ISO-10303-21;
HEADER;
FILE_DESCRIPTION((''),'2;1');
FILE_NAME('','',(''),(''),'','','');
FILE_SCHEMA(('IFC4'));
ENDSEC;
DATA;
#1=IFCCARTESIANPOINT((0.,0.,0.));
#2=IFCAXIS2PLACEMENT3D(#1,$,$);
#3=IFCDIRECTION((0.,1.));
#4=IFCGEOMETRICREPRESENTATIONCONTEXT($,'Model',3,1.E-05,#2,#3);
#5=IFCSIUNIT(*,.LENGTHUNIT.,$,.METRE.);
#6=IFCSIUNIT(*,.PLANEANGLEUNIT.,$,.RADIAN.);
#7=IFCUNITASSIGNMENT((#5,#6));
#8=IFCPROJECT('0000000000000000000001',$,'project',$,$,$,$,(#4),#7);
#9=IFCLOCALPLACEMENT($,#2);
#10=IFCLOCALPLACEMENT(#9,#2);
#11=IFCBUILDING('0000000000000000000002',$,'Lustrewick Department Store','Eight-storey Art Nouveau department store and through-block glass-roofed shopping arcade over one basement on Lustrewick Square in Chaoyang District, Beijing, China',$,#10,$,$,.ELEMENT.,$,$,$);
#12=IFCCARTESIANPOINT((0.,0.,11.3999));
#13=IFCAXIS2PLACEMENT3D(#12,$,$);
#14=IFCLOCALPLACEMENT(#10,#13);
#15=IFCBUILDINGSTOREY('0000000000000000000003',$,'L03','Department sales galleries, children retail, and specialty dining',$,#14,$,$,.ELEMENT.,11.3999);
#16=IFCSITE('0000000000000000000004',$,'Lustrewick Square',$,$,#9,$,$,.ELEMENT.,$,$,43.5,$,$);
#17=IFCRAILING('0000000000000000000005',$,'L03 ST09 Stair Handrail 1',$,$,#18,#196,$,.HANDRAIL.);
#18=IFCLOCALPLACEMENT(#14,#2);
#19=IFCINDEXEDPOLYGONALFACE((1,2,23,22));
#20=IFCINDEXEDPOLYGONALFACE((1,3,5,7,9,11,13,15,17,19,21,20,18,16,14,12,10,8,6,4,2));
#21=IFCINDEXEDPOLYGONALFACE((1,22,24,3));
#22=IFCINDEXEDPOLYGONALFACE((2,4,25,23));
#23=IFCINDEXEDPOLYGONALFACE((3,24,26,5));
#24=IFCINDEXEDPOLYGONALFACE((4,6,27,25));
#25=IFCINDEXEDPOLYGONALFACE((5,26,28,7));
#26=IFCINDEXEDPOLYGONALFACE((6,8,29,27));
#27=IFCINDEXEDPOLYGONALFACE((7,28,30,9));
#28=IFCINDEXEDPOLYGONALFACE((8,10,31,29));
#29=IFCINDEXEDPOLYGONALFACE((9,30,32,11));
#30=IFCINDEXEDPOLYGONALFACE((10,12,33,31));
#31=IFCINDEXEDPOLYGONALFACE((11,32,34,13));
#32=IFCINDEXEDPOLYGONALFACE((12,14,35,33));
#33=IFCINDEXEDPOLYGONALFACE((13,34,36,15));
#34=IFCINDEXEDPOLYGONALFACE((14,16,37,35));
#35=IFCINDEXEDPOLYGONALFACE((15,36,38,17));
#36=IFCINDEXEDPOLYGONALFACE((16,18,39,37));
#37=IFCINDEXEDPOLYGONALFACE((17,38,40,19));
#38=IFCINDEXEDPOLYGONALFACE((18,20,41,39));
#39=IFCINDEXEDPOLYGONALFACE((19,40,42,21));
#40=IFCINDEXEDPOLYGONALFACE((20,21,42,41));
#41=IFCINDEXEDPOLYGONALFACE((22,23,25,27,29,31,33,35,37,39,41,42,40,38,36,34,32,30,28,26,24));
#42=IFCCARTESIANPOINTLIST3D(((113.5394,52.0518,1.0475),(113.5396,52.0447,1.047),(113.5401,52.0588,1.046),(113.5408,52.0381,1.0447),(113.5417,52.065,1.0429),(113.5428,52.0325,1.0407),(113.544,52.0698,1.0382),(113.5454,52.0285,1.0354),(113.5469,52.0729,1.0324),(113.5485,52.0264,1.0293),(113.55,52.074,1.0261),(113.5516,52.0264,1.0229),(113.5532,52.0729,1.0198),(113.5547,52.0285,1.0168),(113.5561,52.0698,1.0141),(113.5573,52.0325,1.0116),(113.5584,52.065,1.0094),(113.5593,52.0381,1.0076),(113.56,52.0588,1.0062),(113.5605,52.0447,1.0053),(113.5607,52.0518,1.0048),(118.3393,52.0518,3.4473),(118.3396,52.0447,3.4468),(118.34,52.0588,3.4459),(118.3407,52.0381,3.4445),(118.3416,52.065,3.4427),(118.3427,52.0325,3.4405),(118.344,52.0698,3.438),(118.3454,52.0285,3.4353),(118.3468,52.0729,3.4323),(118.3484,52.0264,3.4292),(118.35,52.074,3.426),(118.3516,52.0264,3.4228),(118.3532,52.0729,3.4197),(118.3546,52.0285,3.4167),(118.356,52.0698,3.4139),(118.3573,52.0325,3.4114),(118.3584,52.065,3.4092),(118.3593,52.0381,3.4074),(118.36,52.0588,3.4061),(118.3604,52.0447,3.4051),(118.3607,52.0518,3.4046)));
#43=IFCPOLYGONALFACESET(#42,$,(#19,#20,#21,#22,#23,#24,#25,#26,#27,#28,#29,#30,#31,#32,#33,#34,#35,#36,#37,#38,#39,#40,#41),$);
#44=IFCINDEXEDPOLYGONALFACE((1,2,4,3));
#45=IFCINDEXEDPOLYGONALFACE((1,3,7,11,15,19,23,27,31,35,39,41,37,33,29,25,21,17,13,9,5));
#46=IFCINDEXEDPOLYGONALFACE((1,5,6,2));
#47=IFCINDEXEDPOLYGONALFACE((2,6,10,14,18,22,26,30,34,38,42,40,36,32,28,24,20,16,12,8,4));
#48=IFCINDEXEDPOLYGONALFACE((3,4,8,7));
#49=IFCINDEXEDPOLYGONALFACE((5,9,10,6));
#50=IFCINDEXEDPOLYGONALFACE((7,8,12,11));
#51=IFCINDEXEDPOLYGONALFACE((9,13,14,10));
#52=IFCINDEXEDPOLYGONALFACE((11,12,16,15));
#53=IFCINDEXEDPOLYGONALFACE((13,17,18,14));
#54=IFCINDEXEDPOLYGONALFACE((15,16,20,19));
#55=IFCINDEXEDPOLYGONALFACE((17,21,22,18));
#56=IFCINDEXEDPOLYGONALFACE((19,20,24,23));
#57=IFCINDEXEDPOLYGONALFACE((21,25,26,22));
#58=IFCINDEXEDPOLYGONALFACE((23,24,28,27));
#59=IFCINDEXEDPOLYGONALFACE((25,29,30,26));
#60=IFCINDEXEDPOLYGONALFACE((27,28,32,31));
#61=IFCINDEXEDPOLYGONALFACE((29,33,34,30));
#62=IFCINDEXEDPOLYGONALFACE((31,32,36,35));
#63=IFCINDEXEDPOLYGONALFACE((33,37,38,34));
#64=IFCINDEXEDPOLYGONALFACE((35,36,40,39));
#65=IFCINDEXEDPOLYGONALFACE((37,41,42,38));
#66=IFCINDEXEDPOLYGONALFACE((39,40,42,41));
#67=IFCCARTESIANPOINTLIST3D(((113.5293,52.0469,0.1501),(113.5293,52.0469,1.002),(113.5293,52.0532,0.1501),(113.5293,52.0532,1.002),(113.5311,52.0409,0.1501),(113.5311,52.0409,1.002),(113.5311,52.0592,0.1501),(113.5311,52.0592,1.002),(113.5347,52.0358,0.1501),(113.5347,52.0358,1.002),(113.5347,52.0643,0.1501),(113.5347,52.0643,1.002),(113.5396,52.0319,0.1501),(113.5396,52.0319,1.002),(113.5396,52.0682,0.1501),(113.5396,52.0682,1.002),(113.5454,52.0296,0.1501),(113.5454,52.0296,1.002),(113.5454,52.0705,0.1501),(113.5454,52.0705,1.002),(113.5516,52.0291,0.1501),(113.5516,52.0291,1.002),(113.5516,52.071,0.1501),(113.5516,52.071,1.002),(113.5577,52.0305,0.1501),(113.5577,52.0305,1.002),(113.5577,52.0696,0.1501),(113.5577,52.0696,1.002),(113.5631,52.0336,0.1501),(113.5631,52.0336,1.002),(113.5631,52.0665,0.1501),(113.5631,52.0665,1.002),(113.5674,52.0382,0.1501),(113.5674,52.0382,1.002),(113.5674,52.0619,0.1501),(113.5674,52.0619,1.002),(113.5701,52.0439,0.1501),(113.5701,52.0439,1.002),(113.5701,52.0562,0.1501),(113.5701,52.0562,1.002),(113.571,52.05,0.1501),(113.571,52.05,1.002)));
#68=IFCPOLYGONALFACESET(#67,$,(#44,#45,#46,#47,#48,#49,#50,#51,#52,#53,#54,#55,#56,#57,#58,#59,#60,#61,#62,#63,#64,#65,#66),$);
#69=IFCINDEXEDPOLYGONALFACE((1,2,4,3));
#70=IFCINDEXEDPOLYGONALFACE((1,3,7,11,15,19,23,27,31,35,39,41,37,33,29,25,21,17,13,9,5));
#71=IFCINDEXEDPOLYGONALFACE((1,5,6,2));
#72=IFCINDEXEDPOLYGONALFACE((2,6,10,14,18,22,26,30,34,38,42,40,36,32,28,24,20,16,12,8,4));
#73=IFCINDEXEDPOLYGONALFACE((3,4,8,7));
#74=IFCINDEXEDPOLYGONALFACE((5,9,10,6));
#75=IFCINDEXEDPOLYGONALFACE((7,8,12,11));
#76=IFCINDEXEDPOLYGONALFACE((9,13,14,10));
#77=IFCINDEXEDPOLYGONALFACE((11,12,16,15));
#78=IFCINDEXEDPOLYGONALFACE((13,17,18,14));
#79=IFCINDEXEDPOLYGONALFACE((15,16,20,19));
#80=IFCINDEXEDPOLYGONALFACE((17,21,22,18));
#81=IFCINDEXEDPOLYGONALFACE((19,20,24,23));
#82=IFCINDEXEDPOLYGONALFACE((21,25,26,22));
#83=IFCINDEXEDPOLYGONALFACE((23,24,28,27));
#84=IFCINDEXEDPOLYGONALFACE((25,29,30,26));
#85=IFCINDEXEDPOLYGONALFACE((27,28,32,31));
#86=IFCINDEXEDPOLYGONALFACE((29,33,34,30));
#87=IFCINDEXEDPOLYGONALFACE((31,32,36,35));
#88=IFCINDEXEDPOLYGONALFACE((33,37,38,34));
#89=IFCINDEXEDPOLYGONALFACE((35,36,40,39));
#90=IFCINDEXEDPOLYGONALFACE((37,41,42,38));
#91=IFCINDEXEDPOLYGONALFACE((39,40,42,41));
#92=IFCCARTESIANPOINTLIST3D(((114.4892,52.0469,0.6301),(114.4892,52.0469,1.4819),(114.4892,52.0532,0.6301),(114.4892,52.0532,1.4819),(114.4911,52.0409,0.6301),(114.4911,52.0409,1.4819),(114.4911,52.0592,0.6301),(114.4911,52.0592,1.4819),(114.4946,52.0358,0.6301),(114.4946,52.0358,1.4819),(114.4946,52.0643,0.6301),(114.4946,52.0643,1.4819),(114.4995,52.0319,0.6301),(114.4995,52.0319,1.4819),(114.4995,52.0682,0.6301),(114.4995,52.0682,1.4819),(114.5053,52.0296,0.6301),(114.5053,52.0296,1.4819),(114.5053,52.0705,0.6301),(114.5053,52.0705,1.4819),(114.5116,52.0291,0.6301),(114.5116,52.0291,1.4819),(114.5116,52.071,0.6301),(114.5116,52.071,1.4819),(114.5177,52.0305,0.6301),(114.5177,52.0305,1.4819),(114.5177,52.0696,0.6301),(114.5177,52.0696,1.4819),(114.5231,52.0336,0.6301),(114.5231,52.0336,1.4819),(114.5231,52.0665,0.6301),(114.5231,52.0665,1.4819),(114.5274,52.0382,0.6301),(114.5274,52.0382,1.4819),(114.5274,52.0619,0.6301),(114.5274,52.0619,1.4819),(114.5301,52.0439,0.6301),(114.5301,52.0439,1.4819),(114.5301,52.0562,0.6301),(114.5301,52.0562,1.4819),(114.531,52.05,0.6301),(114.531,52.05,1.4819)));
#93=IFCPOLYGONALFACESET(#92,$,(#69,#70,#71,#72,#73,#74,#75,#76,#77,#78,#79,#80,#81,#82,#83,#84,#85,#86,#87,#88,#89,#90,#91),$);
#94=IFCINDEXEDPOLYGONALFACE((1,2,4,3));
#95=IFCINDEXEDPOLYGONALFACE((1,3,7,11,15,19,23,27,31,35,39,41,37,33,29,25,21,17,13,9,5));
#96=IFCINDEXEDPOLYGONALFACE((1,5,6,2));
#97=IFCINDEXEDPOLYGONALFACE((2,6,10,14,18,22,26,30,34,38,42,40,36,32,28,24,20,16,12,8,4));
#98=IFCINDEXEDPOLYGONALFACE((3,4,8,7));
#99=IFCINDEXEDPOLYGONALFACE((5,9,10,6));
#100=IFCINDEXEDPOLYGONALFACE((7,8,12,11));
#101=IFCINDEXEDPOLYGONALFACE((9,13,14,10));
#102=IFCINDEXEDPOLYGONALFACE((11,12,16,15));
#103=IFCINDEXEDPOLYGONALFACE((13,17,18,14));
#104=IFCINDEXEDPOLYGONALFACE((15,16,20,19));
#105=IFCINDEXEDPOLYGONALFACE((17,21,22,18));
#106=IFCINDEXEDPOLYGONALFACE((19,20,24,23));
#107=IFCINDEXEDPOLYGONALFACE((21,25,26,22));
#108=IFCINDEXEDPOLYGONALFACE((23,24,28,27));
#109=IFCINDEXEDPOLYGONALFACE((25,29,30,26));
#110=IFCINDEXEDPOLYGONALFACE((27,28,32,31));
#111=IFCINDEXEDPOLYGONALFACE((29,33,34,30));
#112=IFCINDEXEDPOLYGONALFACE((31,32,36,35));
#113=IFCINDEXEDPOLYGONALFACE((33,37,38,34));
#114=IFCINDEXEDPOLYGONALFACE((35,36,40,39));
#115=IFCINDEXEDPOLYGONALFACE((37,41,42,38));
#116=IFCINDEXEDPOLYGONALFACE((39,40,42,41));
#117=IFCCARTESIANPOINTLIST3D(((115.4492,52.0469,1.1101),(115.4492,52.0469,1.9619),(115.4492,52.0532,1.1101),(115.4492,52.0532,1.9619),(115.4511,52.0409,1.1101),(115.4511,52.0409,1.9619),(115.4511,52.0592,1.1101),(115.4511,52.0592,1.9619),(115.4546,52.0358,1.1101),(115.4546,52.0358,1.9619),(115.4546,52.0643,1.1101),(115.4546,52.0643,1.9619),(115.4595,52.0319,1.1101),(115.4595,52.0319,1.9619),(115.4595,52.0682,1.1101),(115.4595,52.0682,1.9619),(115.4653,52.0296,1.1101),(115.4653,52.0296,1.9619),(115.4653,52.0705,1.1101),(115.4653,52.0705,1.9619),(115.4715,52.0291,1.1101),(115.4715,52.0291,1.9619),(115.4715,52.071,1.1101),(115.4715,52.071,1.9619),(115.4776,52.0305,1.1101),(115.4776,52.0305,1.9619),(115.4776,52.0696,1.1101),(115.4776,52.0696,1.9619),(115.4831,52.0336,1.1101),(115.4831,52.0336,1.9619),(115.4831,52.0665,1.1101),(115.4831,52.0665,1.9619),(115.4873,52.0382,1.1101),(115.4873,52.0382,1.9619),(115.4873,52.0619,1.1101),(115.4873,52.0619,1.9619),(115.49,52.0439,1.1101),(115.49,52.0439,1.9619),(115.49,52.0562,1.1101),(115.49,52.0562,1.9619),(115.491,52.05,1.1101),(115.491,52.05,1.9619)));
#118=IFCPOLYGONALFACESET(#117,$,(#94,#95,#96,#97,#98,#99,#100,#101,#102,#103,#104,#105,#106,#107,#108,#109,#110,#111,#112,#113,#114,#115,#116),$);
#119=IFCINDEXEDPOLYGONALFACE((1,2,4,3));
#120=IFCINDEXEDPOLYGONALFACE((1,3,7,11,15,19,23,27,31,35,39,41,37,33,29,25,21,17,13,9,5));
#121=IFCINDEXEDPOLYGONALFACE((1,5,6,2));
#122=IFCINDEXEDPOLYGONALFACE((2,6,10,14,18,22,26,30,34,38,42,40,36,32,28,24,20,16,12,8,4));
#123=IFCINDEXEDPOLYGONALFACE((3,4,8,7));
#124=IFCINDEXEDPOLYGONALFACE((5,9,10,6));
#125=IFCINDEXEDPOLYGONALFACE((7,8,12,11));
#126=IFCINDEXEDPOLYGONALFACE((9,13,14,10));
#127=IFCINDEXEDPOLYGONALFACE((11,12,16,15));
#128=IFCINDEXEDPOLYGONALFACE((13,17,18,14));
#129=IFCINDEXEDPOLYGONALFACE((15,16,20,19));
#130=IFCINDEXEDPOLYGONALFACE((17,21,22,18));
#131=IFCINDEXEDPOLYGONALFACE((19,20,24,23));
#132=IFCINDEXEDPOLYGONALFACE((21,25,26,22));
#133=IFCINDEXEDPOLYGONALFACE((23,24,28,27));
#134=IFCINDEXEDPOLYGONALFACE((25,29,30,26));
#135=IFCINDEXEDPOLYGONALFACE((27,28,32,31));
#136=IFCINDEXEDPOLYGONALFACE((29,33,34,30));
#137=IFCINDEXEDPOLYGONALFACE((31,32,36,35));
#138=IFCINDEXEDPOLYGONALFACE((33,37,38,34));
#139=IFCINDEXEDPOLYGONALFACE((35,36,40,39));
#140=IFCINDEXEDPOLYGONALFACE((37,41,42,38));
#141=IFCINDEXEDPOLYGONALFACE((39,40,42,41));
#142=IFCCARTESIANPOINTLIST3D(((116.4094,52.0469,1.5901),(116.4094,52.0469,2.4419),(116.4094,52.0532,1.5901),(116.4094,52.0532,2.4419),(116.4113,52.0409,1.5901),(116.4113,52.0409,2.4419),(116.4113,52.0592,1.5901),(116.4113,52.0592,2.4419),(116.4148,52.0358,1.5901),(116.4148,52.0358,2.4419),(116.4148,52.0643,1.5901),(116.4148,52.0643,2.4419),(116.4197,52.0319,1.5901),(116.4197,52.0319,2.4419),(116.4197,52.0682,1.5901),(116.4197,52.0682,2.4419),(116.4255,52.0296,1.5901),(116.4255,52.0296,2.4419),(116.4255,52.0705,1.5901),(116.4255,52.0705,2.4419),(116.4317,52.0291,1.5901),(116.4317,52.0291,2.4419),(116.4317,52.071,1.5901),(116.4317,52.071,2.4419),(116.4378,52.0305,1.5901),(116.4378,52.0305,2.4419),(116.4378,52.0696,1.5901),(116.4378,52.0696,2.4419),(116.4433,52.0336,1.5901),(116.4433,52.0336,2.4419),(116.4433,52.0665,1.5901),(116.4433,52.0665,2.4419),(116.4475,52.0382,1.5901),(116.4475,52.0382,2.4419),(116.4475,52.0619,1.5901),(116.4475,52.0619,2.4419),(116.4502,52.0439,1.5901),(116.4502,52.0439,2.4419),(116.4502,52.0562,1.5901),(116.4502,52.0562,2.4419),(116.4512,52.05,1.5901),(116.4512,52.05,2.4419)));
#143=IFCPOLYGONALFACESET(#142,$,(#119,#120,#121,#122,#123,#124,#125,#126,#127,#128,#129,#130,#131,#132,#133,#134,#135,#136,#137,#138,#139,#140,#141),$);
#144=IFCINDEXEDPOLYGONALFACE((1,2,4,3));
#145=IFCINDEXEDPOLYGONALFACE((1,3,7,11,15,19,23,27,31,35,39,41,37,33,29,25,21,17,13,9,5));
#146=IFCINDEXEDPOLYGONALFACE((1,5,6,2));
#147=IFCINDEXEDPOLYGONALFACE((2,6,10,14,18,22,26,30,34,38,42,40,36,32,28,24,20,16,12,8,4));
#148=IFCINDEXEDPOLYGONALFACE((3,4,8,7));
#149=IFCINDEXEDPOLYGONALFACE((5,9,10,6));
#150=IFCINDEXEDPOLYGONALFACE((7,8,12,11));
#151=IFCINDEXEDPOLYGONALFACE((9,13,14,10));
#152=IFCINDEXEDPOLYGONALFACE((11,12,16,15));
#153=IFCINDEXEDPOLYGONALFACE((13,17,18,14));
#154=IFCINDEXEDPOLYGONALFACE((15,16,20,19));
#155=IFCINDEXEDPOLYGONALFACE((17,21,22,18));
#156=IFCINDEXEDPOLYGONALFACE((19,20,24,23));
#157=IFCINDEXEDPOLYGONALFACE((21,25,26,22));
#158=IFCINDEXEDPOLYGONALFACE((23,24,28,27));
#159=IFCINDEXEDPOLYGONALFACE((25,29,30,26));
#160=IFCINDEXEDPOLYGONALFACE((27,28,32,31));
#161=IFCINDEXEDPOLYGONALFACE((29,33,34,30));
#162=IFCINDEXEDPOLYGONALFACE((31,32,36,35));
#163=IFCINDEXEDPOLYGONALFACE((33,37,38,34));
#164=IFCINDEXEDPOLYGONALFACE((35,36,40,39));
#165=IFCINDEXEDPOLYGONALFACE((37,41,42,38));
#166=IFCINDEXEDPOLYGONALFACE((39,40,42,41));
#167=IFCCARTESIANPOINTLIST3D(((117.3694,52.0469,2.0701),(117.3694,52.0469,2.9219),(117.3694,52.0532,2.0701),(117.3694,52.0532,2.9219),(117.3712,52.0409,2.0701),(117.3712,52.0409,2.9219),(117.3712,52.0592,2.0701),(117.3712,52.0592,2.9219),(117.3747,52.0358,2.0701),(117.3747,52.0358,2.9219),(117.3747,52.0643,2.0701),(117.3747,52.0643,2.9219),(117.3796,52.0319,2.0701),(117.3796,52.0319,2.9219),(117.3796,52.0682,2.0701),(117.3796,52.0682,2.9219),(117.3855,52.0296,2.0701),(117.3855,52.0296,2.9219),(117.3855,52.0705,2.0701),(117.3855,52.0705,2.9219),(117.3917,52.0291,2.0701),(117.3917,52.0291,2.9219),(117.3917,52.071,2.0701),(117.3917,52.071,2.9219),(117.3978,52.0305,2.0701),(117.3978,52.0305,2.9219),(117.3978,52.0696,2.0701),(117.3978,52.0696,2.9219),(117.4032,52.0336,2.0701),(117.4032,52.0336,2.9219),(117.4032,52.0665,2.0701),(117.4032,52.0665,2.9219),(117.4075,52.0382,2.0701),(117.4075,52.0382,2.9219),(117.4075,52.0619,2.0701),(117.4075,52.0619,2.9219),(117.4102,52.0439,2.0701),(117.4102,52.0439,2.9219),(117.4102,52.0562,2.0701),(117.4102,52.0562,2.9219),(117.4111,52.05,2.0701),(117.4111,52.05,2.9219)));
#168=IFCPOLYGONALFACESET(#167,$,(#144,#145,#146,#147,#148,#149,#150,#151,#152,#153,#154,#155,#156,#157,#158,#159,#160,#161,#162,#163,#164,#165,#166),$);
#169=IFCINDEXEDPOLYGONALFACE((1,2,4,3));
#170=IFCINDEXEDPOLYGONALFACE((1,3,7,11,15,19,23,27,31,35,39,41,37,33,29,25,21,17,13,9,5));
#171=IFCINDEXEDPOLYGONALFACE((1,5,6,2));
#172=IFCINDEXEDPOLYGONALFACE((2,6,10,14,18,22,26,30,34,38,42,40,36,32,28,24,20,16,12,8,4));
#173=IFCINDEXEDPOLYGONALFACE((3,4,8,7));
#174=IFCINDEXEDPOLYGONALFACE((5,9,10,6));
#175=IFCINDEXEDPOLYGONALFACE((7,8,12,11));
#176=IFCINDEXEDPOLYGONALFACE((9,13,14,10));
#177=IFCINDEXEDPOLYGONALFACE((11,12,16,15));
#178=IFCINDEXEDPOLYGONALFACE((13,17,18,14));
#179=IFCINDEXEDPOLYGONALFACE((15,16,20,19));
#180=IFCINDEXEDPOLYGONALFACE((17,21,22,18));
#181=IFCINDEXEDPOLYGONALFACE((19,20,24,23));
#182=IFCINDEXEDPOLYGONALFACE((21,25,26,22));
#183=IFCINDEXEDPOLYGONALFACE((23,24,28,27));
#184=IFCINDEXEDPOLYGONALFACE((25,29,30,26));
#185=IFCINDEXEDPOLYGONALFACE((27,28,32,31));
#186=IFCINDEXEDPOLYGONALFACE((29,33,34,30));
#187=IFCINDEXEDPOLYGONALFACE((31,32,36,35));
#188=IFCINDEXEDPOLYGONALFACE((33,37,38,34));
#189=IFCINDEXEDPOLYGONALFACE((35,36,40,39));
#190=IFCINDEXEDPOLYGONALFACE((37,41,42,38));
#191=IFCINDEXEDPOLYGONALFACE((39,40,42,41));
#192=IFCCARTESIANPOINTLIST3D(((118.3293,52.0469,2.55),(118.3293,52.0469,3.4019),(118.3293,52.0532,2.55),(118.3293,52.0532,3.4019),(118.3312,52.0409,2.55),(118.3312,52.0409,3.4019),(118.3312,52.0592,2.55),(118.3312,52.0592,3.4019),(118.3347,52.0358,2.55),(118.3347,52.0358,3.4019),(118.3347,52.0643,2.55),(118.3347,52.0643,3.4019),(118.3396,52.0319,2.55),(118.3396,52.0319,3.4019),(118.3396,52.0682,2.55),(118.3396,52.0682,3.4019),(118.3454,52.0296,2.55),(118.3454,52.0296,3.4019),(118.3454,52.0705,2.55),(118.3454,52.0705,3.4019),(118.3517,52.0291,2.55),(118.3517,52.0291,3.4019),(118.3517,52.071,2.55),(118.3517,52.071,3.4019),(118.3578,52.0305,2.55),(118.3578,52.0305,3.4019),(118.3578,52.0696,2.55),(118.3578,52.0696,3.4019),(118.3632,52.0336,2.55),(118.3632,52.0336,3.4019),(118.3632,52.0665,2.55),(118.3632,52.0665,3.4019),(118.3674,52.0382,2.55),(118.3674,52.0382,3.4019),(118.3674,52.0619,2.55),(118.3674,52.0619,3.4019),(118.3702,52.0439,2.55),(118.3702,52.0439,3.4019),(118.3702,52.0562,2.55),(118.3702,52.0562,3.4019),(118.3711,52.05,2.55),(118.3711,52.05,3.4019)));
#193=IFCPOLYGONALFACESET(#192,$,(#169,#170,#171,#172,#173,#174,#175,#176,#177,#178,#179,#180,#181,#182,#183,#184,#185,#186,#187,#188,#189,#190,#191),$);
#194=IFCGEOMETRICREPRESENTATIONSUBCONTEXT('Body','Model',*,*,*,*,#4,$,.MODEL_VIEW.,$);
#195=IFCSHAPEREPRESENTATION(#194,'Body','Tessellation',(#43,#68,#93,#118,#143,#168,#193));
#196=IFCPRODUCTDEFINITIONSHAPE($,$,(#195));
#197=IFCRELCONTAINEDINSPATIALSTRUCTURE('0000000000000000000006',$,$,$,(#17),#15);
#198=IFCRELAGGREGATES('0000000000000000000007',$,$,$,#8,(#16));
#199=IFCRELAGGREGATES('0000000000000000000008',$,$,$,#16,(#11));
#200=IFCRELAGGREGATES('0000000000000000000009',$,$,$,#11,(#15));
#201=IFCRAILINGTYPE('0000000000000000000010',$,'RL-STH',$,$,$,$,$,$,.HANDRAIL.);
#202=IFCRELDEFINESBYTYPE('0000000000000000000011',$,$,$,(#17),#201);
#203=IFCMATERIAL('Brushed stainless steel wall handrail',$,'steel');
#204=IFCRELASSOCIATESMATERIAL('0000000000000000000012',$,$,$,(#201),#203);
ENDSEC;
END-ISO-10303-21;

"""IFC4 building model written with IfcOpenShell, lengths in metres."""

from ifc_helpers import new_model, si_unit, direction, frame, origin, origin_2d, place, context, subcontext, project, spatial, circle, extrude, material, type_object, element, save


model = new_model("IFC4")

# Units and contexts
model_context = context("Model", 3, precision=1e-05, world=origin(), true_north=direction((0.0, 1.0)))
body_context = subcontext(model_context, "Body", "Model", "MODEL_VIEW")
ifc_project = project(units=[si_unit("LENGTHUNIT", "METRE"), si_unit("PLANEANGLEUNIT", "RADIAN")], contexts=[model_context])

# Site, building, storey
site_placement = place(None, origin())
site = spatial("IfcSite", under=ifc_project, at=site_placement, Name="Lustrewick Square", CompositionType="ELEMENT", RefElevation=43.5)
building_placement = place(site_placement, origin())
building = spatial("IfcBuilding", under=site, at=building_placement, Name="Lustrewick Department Store", Description="Eight-storey Art Nouveau department store and through-block glass-roofed shopping arcade over one basement on Lustrewick Square in Chaoyang District, Beijing, China", CompositionType="ELEMENT")
storey_placement = place(building_placement, frame((0.0, 0.0, 11.3999)))
storey = spatial("IfcBuildingStorey", under=building, at=storey_placement, Name="L03", Description="Department sales galleries, children retail, and specialty dining", CompositionType="ELEMENT", Elevation=11.3999)

# Railing
ifc_material_1 = material(Name="Brushed stainless steel wall handrail", Category="steel")
railing_type_1 = type_object("IfcRailingType", Name="RL-STH", PredefinedType="HANDRAIL", material=ifc_material_1)
railing_1_placement = place(storey_placement, frame((113.55, 52.05, 0.1501)))
element("IfcRailing", 1, at=railing_1_placement, inside=storey, type_object=railing_type_1, Name="L03 ST09 Stair Handrail 1", PredefinedType="HANDRAIL", context=body_context, shape_type="SweptSolid", body=[
    extrude(circle(Radius=0.0239, at=origin_2d()), frame((0.0, 0.0, 0.876), z_axis=(0.894436, 0.0, 0.447195), x_axis=(0.0, 1.0, 0.0)), (0.0, 0.0, 1.0), 5.3665),
    extrude(circle(Radius=0.021, at=origin_2d()), origin(), (0.0, 0.0, 1.0), 0.8518),
    extrude(circle(Radius=0.021, at=origin_2d()), frame((0.96, 0.0, 0.48)), (0.0, 0.0, 1.0), 0.8518),
    extrude(circle(Radius=0.021, at=origin_2d()), frame((1.9199, 0.0, 0.96)), (0.0, 0.0, 1.0), 0.8518),
    extrude(circle(Radius=0.021, at=origin_2d()), frame((2.8801, 0.0, 1.4399)), (0.0, 0.0, 1.0), 0.8518),
    extrude(circle(Radius=0.021, at=origin_2d()), frame((3.8401, 0.0, 1.9199)), (0.0, 0.0, 1.0), 0.8518),
    extrude(circle(Radius=0.021, at=origin_2d()), frame((4.8, 0.0, 2.3999)), (0.0, 0.0, 1.0), 0.8518),
])

save(model, "model.ifc")
